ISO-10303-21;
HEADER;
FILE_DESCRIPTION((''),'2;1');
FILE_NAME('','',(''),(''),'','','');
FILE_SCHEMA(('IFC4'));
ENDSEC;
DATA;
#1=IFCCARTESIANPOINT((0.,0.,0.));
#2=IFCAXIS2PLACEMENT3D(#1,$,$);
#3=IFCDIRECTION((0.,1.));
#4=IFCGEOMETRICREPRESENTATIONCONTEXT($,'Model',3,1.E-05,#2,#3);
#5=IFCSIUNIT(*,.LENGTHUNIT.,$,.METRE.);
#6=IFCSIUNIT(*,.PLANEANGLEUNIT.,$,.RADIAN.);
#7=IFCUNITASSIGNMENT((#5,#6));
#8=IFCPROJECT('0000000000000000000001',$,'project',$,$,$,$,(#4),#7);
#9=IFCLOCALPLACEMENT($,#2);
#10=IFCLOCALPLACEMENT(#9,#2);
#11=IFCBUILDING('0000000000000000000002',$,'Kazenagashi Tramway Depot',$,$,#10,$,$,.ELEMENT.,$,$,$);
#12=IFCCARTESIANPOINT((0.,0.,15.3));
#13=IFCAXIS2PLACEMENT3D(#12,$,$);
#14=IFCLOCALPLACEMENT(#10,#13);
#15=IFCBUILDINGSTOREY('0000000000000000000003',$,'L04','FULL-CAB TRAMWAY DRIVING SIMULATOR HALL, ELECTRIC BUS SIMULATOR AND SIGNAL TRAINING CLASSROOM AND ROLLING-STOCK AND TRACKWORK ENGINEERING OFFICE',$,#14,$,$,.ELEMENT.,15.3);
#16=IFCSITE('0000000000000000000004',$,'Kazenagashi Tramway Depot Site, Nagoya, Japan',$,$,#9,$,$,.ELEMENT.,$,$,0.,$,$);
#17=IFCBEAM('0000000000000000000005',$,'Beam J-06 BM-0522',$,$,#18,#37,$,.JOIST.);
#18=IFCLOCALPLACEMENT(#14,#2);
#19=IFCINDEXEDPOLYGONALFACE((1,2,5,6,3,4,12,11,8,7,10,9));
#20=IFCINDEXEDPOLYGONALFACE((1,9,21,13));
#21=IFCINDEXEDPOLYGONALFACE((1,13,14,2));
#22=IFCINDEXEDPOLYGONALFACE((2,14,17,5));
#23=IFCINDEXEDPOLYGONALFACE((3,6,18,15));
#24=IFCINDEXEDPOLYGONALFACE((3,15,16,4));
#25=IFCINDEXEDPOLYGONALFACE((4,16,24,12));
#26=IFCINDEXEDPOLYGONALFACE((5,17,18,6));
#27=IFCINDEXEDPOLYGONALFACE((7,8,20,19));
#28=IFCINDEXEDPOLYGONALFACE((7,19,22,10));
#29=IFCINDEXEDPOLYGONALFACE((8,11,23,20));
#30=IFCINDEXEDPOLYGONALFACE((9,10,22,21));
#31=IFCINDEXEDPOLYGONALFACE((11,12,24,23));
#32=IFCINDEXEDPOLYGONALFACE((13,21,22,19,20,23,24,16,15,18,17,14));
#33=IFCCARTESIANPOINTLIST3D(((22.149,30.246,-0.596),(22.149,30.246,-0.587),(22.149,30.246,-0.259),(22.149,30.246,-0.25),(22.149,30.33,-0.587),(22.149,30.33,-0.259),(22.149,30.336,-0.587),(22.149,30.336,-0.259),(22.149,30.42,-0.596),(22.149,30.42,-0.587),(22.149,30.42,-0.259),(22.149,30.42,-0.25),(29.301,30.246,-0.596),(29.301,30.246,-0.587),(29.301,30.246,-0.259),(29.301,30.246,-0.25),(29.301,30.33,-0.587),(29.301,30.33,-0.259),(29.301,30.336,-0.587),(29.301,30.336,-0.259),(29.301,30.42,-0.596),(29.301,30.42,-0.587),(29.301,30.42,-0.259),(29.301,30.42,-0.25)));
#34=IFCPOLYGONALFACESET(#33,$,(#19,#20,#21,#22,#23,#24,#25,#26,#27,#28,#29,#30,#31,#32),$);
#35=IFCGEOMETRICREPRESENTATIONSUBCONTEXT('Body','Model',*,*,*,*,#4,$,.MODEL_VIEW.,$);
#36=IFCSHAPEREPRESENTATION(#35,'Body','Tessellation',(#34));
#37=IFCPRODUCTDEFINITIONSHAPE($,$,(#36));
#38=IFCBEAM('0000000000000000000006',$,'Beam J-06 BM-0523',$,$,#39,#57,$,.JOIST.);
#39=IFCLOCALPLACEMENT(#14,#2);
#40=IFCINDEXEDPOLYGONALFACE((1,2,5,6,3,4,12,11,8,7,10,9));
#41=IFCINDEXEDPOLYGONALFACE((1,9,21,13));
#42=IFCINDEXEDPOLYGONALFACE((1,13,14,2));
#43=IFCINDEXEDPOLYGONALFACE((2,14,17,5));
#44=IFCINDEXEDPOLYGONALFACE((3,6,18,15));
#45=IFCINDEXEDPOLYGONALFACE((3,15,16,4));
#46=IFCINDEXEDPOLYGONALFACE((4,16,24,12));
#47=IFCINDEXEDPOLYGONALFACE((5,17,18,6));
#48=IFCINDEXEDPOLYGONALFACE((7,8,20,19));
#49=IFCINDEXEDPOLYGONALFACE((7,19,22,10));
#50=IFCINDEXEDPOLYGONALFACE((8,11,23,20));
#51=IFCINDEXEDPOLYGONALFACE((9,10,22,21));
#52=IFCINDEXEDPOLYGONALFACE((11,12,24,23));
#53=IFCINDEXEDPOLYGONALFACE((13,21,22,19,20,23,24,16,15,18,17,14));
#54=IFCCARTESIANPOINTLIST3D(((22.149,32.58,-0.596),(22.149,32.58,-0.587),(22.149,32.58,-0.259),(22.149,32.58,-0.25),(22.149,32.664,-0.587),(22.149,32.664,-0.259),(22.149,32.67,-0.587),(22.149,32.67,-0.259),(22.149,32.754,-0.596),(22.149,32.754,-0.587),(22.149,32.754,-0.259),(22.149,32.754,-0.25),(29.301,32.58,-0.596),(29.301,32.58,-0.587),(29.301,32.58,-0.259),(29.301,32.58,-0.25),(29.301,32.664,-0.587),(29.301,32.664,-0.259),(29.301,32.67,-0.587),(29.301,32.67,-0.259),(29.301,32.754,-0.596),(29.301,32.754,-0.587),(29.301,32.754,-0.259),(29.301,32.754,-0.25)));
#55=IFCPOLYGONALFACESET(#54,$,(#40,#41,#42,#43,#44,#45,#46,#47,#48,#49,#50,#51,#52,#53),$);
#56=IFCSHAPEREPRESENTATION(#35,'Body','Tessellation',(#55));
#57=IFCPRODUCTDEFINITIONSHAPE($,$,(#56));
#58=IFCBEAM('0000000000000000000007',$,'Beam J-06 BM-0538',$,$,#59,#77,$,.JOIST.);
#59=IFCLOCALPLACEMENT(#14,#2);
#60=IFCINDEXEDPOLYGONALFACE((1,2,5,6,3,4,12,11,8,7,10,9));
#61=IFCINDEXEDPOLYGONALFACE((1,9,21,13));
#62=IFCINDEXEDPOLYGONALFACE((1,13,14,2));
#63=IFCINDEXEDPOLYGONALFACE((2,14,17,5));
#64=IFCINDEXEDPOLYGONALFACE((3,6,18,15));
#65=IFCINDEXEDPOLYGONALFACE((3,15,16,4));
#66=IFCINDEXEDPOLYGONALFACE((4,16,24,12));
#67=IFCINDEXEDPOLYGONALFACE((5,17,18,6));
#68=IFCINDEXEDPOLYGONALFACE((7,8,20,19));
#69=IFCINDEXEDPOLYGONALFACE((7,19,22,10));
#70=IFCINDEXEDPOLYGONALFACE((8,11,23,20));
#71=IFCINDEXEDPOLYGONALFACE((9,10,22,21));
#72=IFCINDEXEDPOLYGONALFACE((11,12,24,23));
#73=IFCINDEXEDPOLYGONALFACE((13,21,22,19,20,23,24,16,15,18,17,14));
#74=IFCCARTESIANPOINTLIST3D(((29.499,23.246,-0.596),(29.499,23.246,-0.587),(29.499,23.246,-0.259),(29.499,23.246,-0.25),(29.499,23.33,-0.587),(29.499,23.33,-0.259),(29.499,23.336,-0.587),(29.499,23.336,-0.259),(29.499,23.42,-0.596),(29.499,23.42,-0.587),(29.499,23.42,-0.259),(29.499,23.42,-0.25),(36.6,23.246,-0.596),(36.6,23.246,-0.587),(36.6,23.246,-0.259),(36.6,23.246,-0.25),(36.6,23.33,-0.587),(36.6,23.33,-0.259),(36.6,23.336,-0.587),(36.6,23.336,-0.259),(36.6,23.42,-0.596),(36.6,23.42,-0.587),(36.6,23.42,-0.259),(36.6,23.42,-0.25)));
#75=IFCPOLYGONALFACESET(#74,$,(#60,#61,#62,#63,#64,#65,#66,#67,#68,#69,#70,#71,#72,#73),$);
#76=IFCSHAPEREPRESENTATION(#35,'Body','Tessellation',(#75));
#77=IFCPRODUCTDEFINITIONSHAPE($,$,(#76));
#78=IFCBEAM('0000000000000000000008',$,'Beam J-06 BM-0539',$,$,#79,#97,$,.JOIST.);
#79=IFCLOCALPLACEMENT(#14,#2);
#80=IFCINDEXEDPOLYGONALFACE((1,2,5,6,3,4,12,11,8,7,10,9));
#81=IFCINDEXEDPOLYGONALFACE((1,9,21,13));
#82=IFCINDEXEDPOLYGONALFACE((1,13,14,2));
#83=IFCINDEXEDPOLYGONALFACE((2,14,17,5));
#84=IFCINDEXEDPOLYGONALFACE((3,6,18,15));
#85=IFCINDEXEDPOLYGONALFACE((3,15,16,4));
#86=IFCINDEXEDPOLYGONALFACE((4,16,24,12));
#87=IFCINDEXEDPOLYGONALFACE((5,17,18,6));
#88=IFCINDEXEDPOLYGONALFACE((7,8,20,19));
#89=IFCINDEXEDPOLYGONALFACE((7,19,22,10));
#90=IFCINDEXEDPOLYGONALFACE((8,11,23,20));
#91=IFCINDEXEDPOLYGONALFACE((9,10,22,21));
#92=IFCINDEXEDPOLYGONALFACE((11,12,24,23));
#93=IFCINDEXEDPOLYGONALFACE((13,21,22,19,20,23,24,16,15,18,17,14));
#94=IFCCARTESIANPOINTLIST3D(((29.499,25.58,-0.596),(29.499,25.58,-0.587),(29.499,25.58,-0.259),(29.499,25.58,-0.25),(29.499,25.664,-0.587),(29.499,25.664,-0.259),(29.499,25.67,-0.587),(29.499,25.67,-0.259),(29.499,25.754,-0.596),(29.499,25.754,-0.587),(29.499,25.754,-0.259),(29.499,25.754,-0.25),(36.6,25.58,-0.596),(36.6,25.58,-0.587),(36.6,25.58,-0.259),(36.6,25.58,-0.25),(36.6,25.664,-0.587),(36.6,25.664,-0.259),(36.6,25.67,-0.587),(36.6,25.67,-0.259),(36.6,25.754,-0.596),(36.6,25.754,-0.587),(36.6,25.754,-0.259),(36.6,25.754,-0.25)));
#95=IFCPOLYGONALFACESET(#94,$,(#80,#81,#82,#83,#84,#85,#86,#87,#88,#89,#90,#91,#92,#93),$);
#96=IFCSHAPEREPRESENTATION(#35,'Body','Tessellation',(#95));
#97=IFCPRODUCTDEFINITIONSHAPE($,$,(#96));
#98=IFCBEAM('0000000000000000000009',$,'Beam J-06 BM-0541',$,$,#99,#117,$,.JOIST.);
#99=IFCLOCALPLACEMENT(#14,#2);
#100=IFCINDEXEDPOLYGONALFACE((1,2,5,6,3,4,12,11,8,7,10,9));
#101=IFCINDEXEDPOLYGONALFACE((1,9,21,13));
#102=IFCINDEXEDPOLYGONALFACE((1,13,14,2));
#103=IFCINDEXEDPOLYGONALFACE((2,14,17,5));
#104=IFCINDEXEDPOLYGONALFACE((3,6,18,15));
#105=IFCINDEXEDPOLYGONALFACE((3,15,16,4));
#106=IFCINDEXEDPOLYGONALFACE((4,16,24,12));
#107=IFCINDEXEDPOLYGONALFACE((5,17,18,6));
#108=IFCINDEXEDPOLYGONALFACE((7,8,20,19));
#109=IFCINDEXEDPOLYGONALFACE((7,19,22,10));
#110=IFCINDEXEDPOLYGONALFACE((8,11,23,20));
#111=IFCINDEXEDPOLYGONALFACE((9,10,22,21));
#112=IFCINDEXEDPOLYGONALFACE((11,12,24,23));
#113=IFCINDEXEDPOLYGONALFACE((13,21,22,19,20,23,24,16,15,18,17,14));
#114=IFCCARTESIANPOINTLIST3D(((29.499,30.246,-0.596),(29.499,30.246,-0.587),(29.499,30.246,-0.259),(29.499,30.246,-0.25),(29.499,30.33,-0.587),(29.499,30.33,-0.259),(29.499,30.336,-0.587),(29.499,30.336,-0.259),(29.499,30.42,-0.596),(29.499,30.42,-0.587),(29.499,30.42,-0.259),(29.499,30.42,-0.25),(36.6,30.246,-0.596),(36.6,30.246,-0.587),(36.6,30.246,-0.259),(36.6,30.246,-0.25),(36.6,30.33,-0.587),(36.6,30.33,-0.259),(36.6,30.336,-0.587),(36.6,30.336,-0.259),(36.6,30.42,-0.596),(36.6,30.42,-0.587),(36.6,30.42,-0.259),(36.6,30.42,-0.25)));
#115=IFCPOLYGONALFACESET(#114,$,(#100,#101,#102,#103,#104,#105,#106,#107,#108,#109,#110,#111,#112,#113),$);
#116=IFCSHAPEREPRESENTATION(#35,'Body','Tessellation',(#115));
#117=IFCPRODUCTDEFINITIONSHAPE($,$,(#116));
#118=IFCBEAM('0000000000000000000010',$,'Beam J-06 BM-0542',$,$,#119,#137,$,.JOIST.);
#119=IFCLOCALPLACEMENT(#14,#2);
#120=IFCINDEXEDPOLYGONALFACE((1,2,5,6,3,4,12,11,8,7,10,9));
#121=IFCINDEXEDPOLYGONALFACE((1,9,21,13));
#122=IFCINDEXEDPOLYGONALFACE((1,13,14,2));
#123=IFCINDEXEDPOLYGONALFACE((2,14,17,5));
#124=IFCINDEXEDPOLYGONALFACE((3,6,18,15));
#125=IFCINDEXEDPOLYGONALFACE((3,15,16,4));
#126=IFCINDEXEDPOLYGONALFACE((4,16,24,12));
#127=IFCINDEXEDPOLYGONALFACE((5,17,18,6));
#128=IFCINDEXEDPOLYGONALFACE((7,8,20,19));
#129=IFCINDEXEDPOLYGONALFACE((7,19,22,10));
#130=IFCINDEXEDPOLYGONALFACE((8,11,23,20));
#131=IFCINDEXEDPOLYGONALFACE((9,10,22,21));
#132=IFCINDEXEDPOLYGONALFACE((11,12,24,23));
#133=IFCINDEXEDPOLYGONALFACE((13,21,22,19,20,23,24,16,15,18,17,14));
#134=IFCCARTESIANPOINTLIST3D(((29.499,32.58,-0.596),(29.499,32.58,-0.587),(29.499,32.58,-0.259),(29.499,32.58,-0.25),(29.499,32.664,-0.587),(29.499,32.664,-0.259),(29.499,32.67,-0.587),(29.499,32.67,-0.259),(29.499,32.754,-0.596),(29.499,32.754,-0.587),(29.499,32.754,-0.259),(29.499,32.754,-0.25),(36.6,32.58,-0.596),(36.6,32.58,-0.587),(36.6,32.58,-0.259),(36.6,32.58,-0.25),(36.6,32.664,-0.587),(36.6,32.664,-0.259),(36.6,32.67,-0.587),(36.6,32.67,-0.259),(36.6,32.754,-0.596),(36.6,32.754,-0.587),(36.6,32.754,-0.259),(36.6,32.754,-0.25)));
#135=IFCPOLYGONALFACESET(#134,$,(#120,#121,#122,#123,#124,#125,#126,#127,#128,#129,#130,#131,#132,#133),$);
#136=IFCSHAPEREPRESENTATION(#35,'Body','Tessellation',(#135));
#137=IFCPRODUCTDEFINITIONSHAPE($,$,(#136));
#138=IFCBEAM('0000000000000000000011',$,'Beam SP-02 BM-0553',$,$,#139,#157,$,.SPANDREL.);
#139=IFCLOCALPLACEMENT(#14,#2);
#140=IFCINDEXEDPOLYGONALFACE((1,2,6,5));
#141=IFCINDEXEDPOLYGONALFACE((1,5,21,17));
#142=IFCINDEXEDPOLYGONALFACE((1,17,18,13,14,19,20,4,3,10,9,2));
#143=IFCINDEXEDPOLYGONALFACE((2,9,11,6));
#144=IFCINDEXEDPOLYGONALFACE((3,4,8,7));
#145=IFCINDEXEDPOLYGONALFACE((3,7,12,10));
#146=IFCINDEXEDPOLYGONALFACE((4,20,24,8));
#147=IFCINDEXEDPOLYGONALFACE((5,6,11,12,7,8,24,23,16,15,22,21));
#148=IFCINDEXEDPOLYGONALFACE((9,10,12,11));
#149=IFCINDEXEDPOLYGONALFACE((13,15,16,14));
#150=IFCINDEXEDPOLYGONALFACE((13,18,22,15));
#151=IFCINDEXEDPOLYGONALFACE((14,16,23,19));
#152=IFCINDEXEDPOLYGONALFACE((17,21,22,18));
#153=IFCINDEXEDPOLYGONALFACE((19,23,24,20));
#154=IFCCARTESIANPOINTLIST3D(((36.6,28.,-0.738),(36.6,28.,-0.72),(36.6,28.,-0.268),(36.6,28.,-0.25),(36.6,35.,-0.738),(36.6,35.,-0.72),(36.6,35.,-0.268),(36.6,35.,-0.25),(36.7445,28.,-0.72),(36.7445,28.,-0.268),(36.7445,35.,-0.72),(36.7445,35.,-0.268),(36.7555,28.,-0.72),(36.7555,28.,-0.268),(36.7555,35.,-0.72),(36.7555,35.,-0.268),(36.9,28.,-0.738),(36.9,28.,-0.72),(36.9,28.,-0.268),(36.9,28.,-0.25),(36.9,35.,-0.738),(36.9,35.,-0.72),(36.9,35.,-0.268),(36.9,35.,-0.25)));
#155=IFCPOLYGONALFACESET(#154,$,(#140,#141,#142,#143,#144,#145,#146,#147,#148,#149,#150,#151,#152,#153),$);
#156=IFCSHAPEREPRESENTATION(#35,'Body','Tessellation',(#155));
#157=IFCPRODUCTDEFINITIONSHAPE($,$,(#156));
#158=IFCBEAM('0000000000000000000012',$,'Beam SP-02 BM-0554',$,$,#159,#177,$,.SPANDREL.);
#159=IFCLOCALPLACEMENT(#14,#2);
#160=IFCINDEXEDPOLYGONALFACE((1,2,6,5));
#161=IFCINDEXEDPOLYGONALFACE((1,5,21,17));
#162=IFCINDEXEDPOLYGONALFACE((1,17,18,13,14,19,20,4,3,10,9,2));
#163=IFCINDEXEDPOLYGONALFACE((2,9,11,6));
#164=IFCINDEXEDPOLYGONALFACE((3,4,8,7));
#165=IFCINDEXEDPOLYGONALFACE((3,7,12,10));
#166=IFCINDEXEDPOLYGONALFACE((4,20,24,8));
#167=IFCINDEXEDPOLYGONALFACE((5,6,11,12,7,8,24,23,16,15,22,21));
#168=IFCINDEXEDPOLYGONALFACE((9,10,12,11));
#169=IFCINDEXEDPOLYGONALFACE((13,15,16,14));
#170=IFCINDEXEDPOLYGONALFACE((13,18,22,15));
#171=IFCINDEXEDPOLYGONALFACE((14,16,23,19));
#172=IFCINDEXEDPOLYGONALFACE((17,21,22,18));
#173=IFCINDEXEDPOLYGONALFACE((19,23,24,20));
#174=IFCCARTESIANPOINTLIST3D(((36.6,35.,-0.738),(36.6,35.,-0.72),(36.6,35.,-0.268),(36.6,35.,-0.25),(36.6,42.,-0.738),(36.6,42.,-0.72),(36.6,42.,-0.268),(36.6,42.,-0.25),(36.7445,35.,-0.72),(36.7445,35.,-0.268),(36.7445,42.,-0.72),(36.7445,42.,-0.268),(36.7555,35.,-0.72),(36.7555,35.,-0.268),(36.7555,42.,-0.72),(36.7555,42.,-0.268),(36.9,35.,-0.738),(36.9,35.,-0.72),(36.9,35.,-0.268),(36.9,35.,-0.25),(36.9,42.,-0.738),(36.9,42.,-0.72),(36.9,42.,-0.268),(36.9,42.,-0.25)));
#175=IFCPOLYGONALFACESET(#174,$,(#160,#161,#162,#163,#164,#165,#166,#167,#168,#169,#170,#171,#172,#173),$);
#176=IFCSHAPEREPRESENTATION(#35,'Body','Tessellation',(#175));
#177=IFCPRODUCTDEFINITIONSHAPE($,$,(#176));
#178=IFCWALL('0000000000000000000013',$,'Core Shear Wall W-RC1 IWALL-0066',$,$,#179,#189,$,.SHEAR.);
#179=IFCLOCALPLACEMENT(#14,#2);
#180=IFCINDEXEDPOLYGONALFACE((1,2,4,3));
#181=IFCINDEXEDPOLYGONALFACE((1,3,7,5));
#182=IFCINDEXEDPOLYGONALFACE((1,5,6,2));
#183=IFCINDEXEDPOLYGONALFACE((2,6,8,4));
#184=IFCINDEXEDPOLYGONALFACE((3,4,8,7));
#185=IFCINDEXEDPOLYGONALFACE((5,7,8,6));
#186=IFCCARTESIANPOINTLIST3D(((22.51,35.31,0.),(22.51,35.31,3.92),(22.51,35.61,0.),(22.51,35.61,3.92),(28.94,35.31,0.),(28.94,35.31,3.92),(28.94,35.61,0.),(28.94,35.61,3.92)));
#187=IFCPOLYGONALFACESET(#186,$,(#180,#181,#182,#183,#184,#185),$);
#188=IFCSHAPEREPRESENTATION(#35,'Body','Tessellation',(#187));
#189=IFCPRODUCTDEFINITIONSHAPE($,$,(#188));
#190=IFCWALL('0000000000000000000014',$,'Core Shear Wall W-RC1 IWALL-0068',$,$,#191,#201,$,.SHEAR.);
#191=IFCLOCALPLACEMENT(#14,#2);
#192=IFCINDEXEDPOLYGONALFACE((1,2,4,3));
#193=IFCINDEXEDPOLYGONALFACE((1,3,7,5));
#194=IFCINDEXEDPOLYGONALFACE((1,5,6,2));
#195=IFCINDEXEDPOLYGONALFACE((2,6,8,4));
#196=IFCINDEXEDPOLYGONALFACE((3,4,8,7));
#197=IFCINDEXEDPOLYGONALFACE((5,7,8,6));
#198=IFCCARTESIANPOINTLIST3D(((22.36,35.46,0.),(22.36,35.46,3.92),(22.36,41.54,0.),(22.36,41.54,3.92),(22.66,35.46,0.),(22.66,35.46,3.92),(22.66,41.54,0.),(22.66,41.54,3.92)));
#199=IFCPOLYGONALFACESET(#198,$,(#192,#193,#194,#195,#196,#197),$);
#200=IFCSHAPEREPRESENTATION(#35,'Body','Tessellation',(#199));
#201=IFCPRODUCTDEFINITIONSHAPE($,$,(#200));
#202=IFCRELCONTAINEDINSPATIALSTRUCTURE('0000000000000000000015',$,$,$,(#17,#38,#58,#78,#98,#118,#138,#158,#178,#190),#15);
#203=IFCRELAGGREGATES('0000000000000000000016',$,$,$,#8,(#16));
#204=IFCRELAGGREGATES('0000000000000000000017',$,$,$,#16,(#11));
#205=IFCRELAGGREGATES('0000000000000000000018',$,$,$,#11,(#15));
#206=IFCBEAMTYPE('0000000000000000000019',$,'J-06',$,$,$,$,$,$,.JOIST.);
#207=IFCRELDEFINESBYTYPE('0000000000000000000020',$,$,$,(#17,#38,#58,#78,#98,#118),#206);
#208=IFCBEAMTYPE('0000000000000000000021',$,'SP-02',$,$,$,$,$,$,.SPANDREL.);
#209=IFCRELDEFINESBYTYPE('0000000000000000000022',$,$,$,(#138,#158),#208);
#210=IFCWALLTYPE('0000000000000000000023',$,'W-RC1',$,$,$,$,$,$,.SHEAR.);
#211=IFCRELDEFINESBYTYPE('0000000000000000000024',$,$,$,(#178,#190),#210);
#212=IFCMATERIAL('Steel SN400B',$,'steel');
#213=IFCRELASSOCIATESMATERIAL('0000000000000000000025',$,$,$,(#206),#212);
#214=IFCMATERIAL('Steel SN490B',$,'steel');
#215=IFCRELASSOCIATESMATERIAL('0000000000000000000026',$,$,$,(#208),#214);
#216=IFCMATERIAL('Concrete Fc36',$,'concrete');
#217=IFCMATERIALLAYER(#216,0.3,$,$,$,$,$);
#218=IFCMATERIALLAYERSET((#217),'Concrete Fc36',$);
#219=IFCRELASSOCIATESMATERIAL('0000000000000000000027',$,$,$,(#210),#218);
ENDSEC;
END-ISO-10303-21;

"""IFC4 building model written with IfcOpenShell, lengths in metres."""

from ifc_helpers import new_model, si_unit, direction, frame, frame_2d, origin, origin_2d, place, context, subcontext, project, spatial, rectangle, i_section, extrude, material, layer, layer_set, material_profile, profile_set, type_object, element, save


model = new_model("IFC4")

# Units and contexts
model_context = context("Model", 3, precision=1e-05, world=origin(), true_north=direction((0.0, 1.0)))
body_context = subcontext(model_context, "Body", "Model", "MODEL_VIEW")
ifc_project = project(units=[si_unit("LENGTHUNIT", "METRE"), si_unit("PLANEANGLEUNIT", "RADIAN")], contexts=[model_context])

# Site, building, storey
site_placement = place(None, origin())
site = spatial("IfcSite", under=ifc_project, at=site_placement, Name="Kazenagashi Tramway Depot Site, Nagoya, Japan", CompositionType="ELEMENT", RefElevation=0.0)
building_placement = place(site_placement, origin())
building = spatial("IfcBuilding", under=site, at=building_placement, Name="Kazenagashi Tramway Depot", CompositionType="ELEMENT")
storey_placement = place(building_placement, frame((0.0, 0.0, 15.3)))
storey = spatial("IfcBuildingStorey", under=building, at=storey_placement, Name="L04", Description="FULL-CAB TRAMWAY DRIVING SIMULATOR HALL, ELECTRIC BUS SIMULATOR AND SIGNAL TRAINING CLASSROOM AND ROLLING-STOCK AND TRACKWORK ENGINEERING OFFICE", CompositionType="ELEMENT", Elevation=15.3)

# Shared definitions
ifc_material_1 = material(Name="Steel SN490B", Category="steel")

# Beams
ifc_material_2 = material(Name="Steel SN400B", Category="steel")
ifc_material_profile_1 = material_profile(ifc_material_2, i_section(OverallWidth=0.174, OverallDepth=0.346, WebThickness=0.006, FlangeThickness=0.009, at=origin_2d()), Name="H-346x174x6x9")
ifc_profile_set_1 = profile_set([ifc_material_profile_1], Name="Steel SN400B")
beam_type_1 = type_object("IfcBeamType", Name="J-06", PredefinedType="JOIST", material=ifc_profile_set_1)
for number, where, z_axis, x_axis, name in (
    (1, (22.149, 30.333, -0.423), (1.0, 0.0, 0.0), (0.0, 1.0, 0.0), "Beam J-06 BM-0522"),
    (2, (22.149, 32.667, -0.423), (1.0, 0.0, 0.0), (0.0, 1.0, 0.0), "Beam J-06 BM-0523"),
):
    element("IfcBeam", number, at=place(storey_placement, frame(where, z_axis=z_axis, x_axis=x_axis)), inside=storey, type_object=beam_type_1, Name=name, PredefinedType="JOIST", context=body_context, shape_type="SweptSolid", body=[
        extrude(i_section(OverallWidth=0.174, OverallDepth=0.346, WebThickness=0.006, FlangeThickness=0.009, at=origin_2d()), origin(), (0.0, 0.0, 1.0), 7.152),
    ])
for number, where, z_axis, x_axis, name in (
    (3, (29.499, 23.333, -0.423), (1.0, 0.0, 0.0), (0.0, 1.0, 0.0), "Beam J-06 BM-0538"),
    (4, (29.499, 25.667, -0.423), (1.0, 0.0, 0.0), (0.0, 1.0, 0.0), "Beam J-06 BM-0539"),
    (5, (29.499, 30.333, -0.423), (1.0, 0.0, 0.0), (0.0, 1.0, 0.0), "Beam J-06 BM-0541"),
    (6, (29.499, 32.667, -0.423), (1.0, 0.0, 0.0), (0.0, 1.0, 0.0), "Beam J-06 BM-0542"),
):
    element("IfcBeam", number, at=place(storey_placement, frame(where, z_axis=z_axis, x_axis=x_axis)), inside=storey, type_object=beam_type_1, Name=name, PredefinedType="JOIST", context=body_context, shape_type="SweptSolid", body=[
        extrude(i_section(OverallWidth=0.174, OverallDepth=0.346, WebThickness=0.006, FlangeThickness=0.009, at=origin_2d()), origin(), (0.0, 0.0, 1.0), 7.101),
    ])
ifc_material_profile_2 = material_profile(ifc_material_1, i_section(OverallWidth=0.3, OverallDepth=0.488, WebThickness=0.011, FlangeThickness=0.018, at=origin_2d()), Name="H-488x300x11x18")
ifc_profile_set_2 = profile_set([ifc_material_profile_2], Name="Steel SN490B")
beam_type_2 = type_object("IfcBeamType", Name="SP-02", PredefinedType="SPANDREL", material=ifc_profile_set_2)
for number, where, z_axis, x_axis, name in (
    (7, (36.75, 28.0, -0.494), (0.0, 1.0, 0.0), (-1.0, 0.0, 0.0), "Beam SP-02 BM-0553"),
    (8, (36.75, 35.0, -0.494), (0.0, 1.0, 0.0), (-1.0, 0.0, 0.0), "Beam SP-02 BM-0554"),
):
    element("IfcBeam", number, at=place(storey_placement, frame(where, z_axis=z_axis, x_axis=x_axis)), inside=storey, type_object=beam_type_2, Name=name, PredefinedType="SPANDREL", context=body_context, shape_type="SweptSolid", body=[
        extrude(i_section(OverallWidth=0.3, OverallDepth=0.488, WebThickness=0.011, FlangeThickness=0.018, at=origin_2d()), origin(), (0.0, 0.0, 1.0), 7.0),
    ])

# Walls
ifc_material_3 = material(Name="Concrete Fc36", Category="concrete")
ifc_layer_1 = layer(ifc_material_3, 0.3)
ifc_layer_set_1 = layer_set([ifc_layer_1], Name="Concrete Fc36")
wall_type = type_object("IfcWallType", Name="W-RC1", PredefinedType="SHEAR", material=ifc_layer_set_1)
wall_placement = place(storey_placement, frame((22.51, 35.46, 0.0), z_axis=(0.0, 0.0, 1.0), x_axis=(1.0, 0.0, 0.0)))
element("IfcWall", 9, at=wall_placement, inside=storey, type_object=wall_type, Name="Core Shear Wall W-RC1 IWALL-0066", PredefinedType="SHEAR", context=body_context, shape_type="SweptSolid", body=[
    extrude(rectangle(XDim=6.43, YDim=0.3, at=frame_2d((3.215, 0.0))), origin(), (0.0, 0.0, 1.0), 3.92),
])
for number, where, z_axis, x_axis, name in (
    (10, (22.51, 35.46, 0.0), (0.0, 0.0, 1.0), (0.0, 1.0, 0.0), "Core Shear Wall W-RC1 IWALL-0068"),
):
    element("IfcWall", number, at=place(storey_placement, frame(where, z_axis=z_axis, x_axis=x_axis)), inside=storey, type_object=wall_type, Name=name, PredefinedType="SHEAR", context=body_context, shape_type="SweptSolid", body=[
        extrude(rectangle(XDim=6.08, YDim=0.3, at=frame_2d((3.04, 0.0))), origin(), (0.0, 0.0, 1.0), 3.92),
    ])

save(model, "model.ifc")
